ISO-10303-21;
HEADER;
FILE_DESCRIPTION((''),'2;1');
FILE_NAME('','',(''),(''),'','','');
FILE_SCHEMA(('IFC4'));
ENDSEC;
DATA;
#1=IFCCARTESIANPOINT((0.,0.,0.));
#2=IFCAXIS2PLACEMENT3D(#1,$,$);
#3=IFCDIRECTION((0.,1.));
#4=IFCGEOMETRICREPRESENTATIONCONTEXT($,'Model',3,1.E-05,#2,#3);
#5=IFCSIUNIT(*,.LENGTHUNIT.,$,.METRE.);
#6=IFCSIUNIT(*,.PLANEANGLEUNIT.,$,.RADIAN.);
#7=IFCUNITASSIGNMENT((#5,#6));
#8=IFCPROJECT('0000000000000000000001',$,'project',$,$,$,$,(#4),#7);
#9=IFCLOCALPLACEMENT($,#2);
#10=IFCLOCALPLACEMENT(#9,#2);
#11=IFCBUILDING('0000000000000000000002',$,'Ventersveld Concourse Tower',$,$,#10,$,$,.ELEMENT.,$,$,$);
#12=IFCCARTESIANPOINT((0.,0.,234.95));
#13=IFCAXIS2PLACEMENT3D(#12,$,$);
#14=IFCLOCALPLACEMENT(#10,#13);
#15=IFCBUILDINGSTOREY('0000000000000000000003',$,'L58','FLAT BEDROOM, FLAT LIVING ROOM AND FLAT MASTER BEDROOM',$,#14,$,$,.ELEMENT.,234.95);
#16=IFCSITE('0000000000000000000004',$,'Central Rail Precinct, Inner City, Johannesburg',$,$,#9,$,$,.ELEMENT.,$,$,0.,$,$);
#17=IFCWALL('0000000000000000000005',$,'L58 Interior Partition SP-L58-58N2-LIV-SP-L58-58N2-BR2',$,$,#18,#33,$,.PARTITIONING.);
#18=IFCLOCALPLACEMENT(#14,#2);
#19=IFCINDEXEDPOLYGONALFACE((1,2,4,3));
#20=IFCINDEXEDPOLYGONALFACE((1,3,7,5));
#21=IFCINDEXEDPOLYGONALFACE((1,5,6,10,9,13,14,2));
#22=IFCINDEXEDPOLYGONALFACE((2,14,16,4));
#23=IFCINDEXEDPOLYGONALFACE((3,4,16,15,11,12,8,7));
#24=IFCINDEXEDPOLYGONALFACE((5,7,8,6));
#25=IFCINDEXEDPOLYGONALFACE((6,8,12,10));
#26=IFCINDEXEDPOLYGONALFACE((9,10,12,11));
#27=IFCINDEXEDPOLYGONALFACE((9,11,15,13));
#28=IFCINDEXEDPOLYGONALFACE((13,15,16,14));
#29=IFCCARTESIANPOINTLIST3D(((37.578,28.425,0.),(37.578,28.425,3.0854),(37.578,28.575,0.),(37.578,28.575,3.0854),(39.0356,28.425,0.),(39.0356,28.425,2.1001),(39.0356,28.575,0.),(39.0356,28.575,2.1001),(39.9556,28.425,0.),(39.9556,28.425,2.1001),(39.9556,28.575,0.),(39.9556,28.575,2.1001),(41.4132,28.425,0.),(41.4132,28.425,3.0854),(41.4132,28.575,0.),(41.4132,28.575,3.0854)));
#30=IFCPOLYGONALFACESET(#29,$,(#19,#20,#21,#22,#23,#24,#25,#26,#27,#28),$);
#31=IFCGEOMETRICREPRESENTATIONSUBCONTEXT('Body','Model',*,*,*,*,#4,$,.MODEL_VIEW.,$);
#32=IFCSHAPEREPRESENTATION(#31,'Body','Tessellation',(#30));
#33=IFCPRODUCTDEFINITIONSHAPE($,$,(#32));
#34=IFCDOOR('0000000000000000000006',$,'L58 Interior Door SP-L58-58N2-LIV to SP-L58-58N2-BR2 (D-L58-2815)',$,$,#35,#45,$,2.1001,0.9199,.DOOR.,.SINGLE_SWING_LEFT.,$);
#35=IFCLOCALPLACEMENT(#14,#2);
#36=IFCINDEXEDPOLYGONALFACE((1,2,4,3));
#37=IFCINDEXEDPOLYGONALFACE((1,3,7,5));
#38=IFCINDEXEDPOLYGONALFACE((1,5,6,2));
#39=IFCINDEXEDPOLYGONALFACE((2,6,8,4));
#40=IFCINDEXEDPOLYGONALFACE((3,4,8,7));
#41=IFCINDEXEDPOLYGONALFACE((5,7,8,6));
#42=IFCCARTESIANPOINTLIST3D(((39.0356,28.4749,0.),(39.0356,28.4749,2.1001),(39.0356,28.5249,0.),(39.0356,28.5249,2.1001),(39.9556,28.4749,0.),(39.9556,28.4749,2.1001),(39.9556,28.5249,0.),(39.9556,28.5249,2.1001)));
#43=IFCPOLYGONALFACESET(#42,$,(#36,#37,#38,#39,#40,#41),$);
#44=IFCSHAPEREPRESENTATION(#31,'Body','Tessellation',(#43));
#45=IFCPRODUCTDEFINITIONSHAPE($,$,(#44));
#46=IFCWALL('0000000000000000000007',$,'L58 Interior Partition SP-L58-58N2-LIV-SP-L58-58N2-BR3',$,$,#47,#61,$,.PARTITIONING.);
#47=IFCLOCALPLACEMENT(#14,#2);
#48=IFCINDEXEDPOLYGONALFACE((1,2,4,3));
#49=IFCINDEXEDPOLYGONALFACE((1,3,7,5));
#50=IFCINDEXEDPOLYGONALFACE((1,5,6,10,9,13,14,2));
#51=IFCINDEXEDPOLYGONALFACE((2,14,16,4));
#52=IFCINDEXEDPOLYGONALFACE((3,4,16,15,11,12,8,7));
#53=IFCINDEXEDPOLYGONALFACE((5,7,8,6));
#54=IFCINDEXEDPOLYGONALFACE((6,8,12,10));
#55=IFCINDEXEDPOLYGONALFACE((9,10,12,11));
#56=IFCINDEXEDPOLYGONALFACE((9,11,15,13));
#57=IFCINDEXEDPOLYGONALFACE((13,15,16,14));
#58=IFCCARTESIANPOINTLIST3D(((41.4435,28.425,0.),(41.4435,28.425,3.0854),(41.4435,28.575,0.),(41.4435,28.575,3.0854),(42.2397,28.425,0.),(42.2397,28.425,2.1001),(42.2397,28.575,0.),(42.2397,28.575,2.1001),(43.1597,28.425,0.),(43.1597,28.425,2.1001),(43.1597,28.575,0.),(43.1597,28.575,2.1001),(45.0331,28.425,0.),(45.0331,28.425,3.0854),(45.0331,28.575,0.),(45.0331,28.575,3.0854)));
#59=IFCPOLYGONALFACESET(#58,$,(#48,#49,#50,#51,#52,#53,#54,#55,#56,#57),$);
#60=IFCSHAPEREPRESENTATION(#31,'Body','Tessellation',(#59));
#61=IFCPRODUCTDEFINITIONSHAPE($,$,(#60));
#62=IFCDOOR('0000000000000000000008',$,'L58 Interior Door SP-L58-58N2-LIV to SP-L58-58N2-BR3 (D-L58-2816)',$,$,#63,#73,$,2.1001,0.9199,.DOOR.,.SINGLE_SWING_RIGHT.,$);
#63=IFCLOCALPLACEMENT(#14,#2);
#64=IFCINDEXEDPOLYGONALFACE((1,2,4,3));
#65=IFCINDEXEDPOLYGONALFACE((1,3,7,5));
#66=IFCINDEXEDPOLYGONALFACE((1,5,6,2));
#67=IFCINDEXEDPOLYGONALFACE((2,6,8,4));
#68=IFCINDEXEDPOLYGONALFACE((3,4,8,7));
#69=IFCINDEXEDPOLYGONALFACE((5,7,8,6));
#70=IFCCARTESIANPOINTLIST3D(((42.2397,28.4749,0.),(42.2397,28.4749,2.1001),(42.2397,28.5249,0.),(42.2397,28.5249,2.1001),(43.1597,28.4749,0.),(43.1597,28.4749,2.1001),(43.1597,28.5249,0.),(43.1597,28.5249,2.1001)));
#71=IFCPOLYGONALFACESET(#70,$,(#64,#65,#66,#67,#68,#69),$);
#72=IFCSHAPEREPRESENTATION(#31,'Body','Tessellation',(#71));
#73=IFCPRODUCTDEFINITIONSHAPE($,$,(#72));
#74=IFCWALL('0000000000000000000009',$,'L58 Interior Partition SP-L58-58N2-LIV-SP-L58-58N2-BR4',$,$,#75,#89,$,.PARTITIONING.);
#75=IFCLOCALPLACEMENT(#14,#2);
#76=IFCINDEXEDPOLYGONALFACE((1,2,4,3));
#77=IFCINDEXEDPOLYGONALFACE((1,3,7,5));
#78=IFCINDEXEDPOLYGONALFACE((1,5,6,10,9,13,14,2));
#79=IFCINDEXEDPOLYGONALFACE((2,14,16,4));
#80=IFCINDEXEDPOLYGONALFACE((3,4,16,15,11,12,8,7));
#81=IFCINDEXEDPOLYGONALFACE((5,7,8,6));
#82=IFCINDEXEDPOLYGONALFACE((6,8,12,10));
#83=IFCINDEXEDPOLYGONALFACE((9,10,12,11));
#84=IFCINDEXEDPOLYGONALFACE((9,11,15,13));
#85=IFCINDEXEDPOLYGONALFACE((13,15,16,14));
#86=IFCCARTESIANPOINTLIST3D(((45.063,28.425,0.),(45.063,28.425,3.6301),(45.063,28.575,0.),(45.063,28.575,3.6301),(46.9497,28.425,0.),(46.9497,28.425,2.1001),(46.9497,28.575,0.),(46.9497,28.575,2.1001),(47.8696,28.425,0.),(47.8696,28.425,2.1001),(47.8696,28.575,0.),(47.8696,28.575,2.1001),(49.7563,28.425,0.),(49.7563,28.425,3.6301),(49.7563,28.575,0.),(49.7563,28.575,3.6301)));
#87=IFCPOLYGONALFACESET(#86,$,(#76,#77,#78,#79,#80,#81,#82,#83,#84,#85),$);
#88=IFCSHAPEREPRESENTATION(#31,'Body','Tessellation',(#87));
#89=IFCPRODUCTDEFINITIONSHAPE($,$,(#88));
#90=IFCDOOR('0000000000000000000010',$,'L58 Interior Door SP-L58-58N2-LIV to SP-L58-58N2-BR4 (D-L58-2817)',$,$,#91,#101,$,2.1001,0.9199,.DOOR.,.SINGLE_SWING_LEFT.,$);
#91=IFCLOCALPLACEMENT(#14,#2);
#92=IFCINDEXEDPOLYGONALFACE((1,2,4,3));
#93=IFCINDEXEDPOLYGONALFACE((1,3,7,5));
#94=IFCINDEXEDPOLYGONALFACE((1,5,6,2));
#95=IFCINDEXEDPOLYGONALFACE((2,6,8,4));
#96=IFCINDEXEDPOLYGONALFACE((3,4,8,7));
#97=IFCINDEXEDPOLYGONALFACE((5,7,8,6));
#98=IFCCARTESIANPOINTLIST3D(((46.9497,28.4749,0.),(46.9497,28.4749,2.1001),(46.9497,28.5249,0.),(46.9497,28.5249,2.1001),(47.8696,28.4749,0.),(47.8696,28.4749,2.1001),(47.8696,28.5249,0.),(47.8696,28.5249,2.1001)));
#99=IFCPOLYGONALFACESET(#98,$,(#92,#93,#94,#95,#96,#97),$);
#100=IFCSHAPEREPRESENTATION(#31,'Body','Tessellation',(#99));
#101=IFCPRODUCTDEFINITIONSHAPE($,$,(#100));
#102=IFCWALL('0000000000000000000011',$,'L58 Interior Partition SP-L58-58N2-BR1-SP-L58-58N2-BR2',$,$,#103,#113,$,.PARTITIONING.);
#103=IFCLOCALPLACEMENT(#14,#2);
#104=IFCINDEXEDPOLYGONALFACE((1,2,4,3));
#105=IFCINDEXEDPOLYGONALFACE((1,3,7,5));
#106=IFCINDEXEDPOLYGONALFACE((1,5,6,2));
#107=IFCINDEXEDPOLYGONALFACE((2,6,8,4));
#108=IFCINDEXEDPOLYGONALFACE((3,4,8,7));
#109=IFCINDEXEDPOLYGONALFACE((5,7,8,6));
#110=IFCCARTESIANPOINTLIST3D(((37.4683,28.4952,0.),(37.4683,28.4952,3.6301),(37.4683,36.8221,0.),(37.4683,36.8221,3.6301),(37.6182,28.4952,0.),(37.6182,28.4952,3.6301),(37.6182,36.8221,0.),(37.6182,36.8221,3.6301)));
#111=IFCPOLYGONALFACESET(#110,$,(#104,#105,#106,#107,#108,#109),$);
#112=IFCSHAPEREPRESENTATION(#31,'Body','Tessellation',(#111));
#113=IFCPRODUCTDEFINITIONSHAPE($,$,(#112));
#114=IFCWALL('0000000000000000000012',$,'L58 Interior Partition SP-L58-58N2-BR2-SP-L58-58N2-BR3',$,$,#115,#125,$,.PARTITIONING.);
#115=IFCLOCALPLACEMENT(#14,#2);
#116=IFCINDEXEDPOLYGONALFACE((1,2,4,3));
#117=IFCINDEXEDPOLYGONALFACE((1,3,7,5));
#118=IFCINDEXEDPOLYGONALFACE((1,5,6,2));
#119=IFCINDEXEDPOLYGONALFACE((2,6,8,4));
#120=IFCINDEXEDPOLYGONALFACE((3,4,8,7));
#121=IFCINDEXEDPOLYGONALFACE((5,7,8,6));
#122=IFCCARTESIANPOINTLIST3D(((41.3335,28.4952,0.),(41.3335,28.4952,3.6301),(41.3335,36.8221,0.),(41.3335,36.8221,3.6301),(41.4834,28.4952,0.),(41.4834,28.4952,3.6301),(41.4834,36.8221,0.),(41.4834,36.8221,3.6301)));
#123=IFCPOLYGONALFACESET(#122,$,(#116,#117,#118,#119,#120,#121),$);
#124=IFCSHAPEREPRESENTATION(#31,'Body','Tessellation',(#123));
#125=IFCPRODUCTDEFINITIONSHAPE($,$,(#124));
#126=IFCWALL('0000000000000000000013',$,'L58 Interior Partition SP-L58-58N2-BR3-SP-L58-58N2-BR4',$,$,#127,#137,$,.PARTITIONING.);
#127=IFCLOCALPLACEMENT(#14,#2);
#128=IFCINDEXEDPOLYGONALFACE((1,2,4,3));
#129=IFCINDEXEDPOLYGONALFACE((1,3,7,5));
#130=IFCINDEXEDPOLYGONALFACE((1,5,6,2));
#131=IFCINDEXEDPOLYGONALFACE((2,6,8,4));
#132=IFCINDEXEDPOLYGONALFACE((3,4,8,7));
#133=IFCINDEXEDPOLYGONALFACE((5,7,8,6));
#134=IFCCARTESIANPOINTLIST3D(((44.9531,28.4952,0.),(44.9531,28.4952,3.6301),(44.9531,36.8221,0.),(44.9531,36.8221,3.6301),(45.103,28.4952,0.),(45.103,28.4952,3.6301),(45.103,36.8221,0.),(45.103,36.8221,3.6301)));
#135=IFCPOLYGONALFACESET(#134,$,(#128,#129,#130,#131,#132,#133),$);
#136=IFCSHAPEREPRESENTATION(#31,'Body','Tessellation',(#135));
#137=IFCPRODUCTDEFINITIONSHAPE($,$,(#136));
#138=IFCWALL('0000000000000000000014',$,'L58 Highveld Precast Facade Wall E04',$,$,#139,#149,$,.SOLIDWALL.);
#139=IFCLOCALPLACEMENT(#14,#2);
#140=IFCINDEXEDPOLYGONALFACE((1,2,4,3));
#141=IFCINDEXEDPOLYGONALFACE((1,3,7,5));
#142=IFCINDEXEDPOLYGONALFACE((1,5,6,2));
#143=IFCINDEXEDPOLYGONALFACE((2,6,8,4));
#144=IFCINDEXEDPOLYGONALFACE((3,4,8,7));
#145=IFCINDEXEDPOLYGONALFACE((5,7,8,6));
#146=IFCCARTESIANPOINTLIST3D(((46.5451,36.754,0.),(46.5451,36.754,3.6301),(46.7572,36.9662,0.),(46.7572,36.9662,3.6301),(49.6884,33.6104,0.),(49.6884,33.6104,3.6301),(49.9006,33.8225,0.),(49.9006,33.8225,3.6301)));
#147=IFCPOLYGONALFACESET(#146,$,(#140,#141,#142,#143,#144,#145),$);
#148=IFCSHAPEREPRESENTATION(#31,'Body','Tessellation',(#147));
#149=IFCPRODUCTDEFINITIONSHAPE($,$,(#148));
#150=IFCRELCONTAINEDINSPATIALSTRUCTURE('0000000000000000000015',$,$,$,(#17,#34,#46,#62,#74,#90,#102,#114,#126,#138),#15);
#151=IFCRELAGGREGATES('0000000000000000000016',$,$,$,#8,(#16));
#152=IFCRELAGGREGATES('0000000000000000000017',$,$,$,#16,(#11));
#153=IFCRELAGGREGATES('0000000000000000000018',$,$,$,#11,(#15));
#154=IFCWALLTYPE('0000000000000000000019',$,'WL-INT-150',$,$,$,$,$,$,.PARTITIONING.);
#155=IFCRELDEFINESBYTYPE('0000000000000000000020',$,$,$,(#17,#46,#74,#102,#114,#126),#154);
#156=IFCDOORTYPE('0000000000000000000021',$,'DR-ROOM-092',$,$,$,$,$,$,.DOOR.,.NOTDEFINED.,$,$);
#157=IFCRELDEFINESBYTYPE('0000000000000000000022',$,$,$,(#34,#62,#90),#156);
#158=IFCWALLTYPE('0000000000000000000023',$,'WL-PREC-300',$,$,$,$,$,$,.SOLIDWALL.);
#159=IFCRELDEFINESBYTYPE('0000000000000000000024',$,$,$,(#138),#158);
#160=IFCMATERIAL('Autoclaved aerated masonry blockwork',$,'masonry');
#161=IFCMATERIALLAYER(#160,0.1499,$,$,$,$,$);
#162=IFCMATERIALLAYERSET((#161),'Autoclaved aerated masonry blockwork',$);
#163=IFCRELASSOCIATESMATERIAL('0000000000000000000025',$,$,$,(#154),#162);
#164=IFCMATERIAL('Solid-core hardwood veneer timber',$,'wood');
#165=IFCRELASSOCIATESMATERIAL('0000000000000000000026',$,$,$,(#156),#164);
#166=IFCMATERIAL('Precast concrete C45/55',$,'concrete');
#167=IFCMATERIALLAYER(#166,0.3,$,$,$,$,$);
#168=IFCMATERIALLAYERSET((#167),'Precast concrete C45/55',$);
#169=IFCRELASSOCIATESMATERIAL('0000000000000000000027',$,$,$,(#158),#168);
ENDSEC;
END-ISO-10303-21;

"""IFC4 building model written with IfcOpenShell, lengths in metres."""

from ifc_helpers import new_model, si_unit, direction, frame, frame_2d, origin, place, context, subcontext, project, spatial, rectangle, extrude, material, layer, layer_set, type_object, element, fill, save


model = new_model("IFC4")

# Units and contexts
model_context = context("Model", 3, precision=1e-05, world=origin(), true_north=direction((0.0, 1.0)))
body_context = subcontext(model_context, "Body", "Model", "MODEL_VIEW")
ifc_project = project(units=[si_unit("LENGTHUNIT", "METRE"), si_unit("PLANEANGLEUNIT", "RADIAN")], contexts=[model_context])

# Site, building, storey
site_placement = place(None, origin())
site = spatial("IfcSite", under=ifc_project, at=site_placement, Name="Central Rail Precinct, Inner City, Johannesburg", CompositionType="ELEMENT", RefElevation=0.0)
building_placement = place(site_placement, origin())
building = spatial("IfcBuilding", under=site, at=building_placement, Name="Ventersveld Concourse Tower", CompositionType="ELEMENT")
storey_placement = place(building_placement, frame((0.0, 0.0, 234.95)))
storey = spatial("IfcBuildingStorey", under=building, at=storey_placement, Name="L58", Description="FLAT BEDROOM, FLAT LIVING ROOM AND FLAT MASTER BEDROOM", CompositionType="ELEMENT", Elevation=234.95)

# Shared definitions
ifc_material_1 = material(Name="Autoclaved aerated masonry blockwork", Category="masonry")
ifc_layer_1 = layer(ifc_material_1, 0.1499)
ifc_layer_set_1 = layer_set([ifc_layer_1], Name="Autoclaved aerated masonry blockwork")
wall_type_1 = type_object("IfcWallType", Name="WL-INT-150", PredefinedType="PARTITIONING", material=ifc_layer_set_1)

# Walls, openings, doors
wall_1_placement = place(storey_placement, frame((37.5781, 28.5, 0.0), z_axis=(0.0, 0.0, 1.0), x_axis=(1.0, 0.0, 0.0)))
wall_1 = element("IfcWall", 1, at=wall_1_placement, inside=storey, type_object=wall_type_1, Name="L58 Interior Partition SP-L58-58N2-LIV-SP-L58-58N2-BR2", PredefinedType="PARTITIONING", context=body_context, shape_type="SweptSolid", body=[
    extrude(rectangle(XDim=3.8352, YDim=0.1499, at=frame_2d((1.9175, 0.0))), origin(), (0.0, 0.0, 1.0), 3.0854),
])
opening_1_placement = place(wall_1_placement, frame((1.4575, 0.0, 0.0)))
opening_1 = element("IfcOpeningElement", 2, at=opening_1_placement, cuts=wall_1, PredefinedType="OPENING", context=body_context, shape_type="SweptSolid", body=[
    extrude(rectangle(XDim=0.9199, YDim=2.1001, at=frame_2d((0.46, 1.05))), frame((0.0, 0.085, 0.0), z_axis=(0.0, -1.0, 0.0), x_axis=(1.0, 0.0, 0.0)), (0.0, 0.0, 1.0), 0.1699),
])
ifc_material_2 = material(Name="Solid-core hardwood veneer timber", Category="wood")
door_type = type_object("IfcDoorType", Name="DR-ROOM-092", OperationType="NOTDEFINED", PredefinedType="DOOR", material=ifc_material_2)
door_1_placement = place(opening_1_placement, origin())
door_1 = element("IfcDoor", 3, at=door_1_placement, inside=storey, type_object=door_type, Name="L58 Interior Door SP-L58-58N2-LIV to SP-L58-58N2-BR2 (D-L58-2815)", OperationType="SINGLE_SWING_LEFT", OverallHeight=2.1001, OverallWidth=0.9199, PredefinedType="DOOR", context=body_context, shape_type="SweptSolid", body=[
    extrude(rectangle(XDim=0.9199, YDim=2.1001, at=frame_2d((0.46, 1.05))), frame((0.0, 0.0249, 0.0), z_axis=(0.0, -1.0, 0.0), x_axis=(1.0, 0.0, 0.0)), (0.0, 0.0, 1.0), 0.05),
])
fill(opening_1, door_1)
wall_2_placement = place(storey_placement, frame((41.4434, 28.5, 0.0), z_axis=(0.0, 0.0, 1.0), x_axis=(1.0, 0.0, 0.0)))
wall_2 = element("IfcWall", 4, at=wall_2_placement, inside=storey, type_object=wall_type_1, Name="L58 Interior Partition SP-L58-58N2-LIV-SP-L58-58N2-BR3", PredefinedType="PARTITIONING", context=body_context, shape_type="SweptSolid", body=[
    extrude(rectangle(XDim=3.5896, YDim=0.1499, at=frame_2d((1.7949, 0.0))), origin(), (0.0, 0.0, 1.0), 3.0854),
])
opening_2_placement = place(wall_2_placement, frame((0.7964, 0.0, 0.0)))
opening_2 = element("IfcOpeningElement", 5, at=opening_2_placement, cuts=wall_2, PredefinedType="OPENING", context=body_context, shape_type="SweptSolid", body=[
    extrude(rectangle(XDim=0.9199, YDim=2.1001, at=frame_2d((0.46, 1.05))), frame((0.0, 0.085, 0.0), z_axis=(0.0, -1.0, 0.0), x_axis=(1.0, 0.0, 0.0)), (0.0, 0.0, 1.0), 0.1699),
])
door_2_placement = place(opening_2_placement, origin())
door_2 = element("IfcDoor", 6, at=door_2_placement, inside=storey, type_object=door_type, Name="L58 Interior Door SP-L58-58N2-LIV to SP-L58-58N2-BR3 (D-L58-2816)", OperationType="SINGLE_SWING_RIGHT", OverallHeight=2.1001, OverallWidth=0.9199, PredefinedType="DOOR", context=body_context, shape_type="SweptSolid", body=[
    extrude(rectangle(XDim=0.9199, YDim=2.1001, at=frame_2d((0.46, 1.05))), frame((0.0, 0.0249, 0.0), z_axis=(0.0, -1.0, 0.0), x_axis=(1.0, 0.0, 0.0)), (0.0, 0.0, 1.0), 0.05),
])
fill(opening_2, door_2)
wall_3_placement = place(storey_placement, frame((45.063, 28.5, 0.0), z_axis=(0.0, 0.0, 1.0), x_axis=(1.0, 0.0, 0.0)))
wall_3 = element("IfcWall", 7, at=wall_3_placement, inside=storey, type_object=wall_type_1, Name="L58 Interior Partition SP-L58-58N2-LIV-SP-L58-58N2-BR4", PredefinedType="PARTITIONING", context=body_context, shape_type="SweptSolid", body=[
    extrude(rectangle(XDim=4.6934, YDim=0.1499, at=frame_2d((2.3467, 0.0))), origin(), (0.0, 0.0, 1.0), 3.6301),
])
opening_3_placement = place(wall_3_placement, frame((1.8867, 0.0, 0.0)))
opening_3 = element("IfcOpeningElement", 8, at=opening_3_placement, cuts=wall_3, PredefinedType="OPENING", context=body_context, shape_type="SweptSolid", body=[
    extrude(rectangle(XDim=0.9199, YDim=2.1001, at=frame_2d((0.46, 1.05))), frame((0.0, 0.085, 0.0), z_axis=(0.0, -1.0, 0.0), x_axis=(1.0, 0.0, 0.0)), (0.0, 0.0, 1.0), 0.1699),
])
door_3_placement = place(opening_3_placement, origin())
door_3 = element("IfcDoor", 9, at=door_3_placement, inside=storey, type_object=door_type, Name="L58 Interior Door SP-L58-58N2-LIV to SP-L58-58N2-BR4 (D-L58-2817)", OperationType="SINGLE_SWING_LEFT", OverallHeight=2.1001, OverallWidth=0.9199, PredefinedType="DOOR", context=body_context, shape_type="SweptSolid", body=[
    extrude(rectangle(XDim=0.9199, YDim=2.1001, at=frame_2d((0.46, 1.05))), frame((0.0, 0.0249, 0.0), z_axis=(0.0, -1.0, 0.0), x_axis=(1.0, 0.0, 0.0)), (0.0, 0.0, 1.0), 0.05),
])
fill(opening_3, door_3)

# Walls
for number, where, z_axis, x_axis, name in (
    (10, (37.5432, 28.4951, 0.0), (0.0, 0.0, 1.0), (0.0, 1.0, 0.0), "L58 Interior Partition SP-L58-58N2-BR1-SP-L58-58N2-BR2"),
    (11, (41.4084, 28.4951, 0.0), (0.0, 0.0, 1.0), (0.0, 1.0, 0.0), "L58 Interior Partition SP-L58-58N2-BR2-SP-L58-58N2-BR3"),
    (12, (45.0281, 28.4951, 0.0), (0.0, 0.0, 1.0), (0.0, 1.0, 0.0), "L58 Interior Partition SP-L58-58N2-BR3-SP-L58-58N2-BR4"),
):
    element("IfcWall", number, at=place(storey_placement, frame(where, z_axis=z_axis, x_axis=x_axis)), inside=storey, type_object=wall_type_1, Name=name, PredefinedType="PARTITIONING", context=body_context, shape_type="SweptSolid", body=[
        extrude(rectangle(XDim=8.3269, YDim=0.1499, at=frame_2d((4.1636, 0.0))), origin(), (0.0, 0.0, 1.0), 3.6301),
    ])
ifc_material_3 = material(Name="Precast concrete C45/55", Category="concrete")
ifc_layer_2 = layer(ifc_material_3, 0.3)
ifc_layer_set_2 = layer_set([ifc_layer_2], Name="Precast concrete C45/55")
wall_type_2 = type_object("IfcWallType", Name="WL-PREC-300", PredefinedType="SOLIDWALL", material=ifc_layer_set_2)
wall_4_placement = place(storey_placement, frame((49.7944, 33.7166, 0.0), z_axis=(0.0, 0.0, 1.0), x_axis=(-0.707079, 0.707134, 0.0)))
element("IfcWall", 13, at=wall_4_placement, inside=storey, type_object=wall_type_2, Name="L58 Highveld Precast Facade Wall E04", PredefinedType="SOLIDWALL", context=body_context, shape_type="SweptSolid", body=[
    extrude(rectangle(XDim=4.4456, YDim=0.3, at=frame_2d((2.2227, 0.0))), origin(), (0.0, 0.0, 1.0), 3.6301),
])

save(model, "model.ifc")
